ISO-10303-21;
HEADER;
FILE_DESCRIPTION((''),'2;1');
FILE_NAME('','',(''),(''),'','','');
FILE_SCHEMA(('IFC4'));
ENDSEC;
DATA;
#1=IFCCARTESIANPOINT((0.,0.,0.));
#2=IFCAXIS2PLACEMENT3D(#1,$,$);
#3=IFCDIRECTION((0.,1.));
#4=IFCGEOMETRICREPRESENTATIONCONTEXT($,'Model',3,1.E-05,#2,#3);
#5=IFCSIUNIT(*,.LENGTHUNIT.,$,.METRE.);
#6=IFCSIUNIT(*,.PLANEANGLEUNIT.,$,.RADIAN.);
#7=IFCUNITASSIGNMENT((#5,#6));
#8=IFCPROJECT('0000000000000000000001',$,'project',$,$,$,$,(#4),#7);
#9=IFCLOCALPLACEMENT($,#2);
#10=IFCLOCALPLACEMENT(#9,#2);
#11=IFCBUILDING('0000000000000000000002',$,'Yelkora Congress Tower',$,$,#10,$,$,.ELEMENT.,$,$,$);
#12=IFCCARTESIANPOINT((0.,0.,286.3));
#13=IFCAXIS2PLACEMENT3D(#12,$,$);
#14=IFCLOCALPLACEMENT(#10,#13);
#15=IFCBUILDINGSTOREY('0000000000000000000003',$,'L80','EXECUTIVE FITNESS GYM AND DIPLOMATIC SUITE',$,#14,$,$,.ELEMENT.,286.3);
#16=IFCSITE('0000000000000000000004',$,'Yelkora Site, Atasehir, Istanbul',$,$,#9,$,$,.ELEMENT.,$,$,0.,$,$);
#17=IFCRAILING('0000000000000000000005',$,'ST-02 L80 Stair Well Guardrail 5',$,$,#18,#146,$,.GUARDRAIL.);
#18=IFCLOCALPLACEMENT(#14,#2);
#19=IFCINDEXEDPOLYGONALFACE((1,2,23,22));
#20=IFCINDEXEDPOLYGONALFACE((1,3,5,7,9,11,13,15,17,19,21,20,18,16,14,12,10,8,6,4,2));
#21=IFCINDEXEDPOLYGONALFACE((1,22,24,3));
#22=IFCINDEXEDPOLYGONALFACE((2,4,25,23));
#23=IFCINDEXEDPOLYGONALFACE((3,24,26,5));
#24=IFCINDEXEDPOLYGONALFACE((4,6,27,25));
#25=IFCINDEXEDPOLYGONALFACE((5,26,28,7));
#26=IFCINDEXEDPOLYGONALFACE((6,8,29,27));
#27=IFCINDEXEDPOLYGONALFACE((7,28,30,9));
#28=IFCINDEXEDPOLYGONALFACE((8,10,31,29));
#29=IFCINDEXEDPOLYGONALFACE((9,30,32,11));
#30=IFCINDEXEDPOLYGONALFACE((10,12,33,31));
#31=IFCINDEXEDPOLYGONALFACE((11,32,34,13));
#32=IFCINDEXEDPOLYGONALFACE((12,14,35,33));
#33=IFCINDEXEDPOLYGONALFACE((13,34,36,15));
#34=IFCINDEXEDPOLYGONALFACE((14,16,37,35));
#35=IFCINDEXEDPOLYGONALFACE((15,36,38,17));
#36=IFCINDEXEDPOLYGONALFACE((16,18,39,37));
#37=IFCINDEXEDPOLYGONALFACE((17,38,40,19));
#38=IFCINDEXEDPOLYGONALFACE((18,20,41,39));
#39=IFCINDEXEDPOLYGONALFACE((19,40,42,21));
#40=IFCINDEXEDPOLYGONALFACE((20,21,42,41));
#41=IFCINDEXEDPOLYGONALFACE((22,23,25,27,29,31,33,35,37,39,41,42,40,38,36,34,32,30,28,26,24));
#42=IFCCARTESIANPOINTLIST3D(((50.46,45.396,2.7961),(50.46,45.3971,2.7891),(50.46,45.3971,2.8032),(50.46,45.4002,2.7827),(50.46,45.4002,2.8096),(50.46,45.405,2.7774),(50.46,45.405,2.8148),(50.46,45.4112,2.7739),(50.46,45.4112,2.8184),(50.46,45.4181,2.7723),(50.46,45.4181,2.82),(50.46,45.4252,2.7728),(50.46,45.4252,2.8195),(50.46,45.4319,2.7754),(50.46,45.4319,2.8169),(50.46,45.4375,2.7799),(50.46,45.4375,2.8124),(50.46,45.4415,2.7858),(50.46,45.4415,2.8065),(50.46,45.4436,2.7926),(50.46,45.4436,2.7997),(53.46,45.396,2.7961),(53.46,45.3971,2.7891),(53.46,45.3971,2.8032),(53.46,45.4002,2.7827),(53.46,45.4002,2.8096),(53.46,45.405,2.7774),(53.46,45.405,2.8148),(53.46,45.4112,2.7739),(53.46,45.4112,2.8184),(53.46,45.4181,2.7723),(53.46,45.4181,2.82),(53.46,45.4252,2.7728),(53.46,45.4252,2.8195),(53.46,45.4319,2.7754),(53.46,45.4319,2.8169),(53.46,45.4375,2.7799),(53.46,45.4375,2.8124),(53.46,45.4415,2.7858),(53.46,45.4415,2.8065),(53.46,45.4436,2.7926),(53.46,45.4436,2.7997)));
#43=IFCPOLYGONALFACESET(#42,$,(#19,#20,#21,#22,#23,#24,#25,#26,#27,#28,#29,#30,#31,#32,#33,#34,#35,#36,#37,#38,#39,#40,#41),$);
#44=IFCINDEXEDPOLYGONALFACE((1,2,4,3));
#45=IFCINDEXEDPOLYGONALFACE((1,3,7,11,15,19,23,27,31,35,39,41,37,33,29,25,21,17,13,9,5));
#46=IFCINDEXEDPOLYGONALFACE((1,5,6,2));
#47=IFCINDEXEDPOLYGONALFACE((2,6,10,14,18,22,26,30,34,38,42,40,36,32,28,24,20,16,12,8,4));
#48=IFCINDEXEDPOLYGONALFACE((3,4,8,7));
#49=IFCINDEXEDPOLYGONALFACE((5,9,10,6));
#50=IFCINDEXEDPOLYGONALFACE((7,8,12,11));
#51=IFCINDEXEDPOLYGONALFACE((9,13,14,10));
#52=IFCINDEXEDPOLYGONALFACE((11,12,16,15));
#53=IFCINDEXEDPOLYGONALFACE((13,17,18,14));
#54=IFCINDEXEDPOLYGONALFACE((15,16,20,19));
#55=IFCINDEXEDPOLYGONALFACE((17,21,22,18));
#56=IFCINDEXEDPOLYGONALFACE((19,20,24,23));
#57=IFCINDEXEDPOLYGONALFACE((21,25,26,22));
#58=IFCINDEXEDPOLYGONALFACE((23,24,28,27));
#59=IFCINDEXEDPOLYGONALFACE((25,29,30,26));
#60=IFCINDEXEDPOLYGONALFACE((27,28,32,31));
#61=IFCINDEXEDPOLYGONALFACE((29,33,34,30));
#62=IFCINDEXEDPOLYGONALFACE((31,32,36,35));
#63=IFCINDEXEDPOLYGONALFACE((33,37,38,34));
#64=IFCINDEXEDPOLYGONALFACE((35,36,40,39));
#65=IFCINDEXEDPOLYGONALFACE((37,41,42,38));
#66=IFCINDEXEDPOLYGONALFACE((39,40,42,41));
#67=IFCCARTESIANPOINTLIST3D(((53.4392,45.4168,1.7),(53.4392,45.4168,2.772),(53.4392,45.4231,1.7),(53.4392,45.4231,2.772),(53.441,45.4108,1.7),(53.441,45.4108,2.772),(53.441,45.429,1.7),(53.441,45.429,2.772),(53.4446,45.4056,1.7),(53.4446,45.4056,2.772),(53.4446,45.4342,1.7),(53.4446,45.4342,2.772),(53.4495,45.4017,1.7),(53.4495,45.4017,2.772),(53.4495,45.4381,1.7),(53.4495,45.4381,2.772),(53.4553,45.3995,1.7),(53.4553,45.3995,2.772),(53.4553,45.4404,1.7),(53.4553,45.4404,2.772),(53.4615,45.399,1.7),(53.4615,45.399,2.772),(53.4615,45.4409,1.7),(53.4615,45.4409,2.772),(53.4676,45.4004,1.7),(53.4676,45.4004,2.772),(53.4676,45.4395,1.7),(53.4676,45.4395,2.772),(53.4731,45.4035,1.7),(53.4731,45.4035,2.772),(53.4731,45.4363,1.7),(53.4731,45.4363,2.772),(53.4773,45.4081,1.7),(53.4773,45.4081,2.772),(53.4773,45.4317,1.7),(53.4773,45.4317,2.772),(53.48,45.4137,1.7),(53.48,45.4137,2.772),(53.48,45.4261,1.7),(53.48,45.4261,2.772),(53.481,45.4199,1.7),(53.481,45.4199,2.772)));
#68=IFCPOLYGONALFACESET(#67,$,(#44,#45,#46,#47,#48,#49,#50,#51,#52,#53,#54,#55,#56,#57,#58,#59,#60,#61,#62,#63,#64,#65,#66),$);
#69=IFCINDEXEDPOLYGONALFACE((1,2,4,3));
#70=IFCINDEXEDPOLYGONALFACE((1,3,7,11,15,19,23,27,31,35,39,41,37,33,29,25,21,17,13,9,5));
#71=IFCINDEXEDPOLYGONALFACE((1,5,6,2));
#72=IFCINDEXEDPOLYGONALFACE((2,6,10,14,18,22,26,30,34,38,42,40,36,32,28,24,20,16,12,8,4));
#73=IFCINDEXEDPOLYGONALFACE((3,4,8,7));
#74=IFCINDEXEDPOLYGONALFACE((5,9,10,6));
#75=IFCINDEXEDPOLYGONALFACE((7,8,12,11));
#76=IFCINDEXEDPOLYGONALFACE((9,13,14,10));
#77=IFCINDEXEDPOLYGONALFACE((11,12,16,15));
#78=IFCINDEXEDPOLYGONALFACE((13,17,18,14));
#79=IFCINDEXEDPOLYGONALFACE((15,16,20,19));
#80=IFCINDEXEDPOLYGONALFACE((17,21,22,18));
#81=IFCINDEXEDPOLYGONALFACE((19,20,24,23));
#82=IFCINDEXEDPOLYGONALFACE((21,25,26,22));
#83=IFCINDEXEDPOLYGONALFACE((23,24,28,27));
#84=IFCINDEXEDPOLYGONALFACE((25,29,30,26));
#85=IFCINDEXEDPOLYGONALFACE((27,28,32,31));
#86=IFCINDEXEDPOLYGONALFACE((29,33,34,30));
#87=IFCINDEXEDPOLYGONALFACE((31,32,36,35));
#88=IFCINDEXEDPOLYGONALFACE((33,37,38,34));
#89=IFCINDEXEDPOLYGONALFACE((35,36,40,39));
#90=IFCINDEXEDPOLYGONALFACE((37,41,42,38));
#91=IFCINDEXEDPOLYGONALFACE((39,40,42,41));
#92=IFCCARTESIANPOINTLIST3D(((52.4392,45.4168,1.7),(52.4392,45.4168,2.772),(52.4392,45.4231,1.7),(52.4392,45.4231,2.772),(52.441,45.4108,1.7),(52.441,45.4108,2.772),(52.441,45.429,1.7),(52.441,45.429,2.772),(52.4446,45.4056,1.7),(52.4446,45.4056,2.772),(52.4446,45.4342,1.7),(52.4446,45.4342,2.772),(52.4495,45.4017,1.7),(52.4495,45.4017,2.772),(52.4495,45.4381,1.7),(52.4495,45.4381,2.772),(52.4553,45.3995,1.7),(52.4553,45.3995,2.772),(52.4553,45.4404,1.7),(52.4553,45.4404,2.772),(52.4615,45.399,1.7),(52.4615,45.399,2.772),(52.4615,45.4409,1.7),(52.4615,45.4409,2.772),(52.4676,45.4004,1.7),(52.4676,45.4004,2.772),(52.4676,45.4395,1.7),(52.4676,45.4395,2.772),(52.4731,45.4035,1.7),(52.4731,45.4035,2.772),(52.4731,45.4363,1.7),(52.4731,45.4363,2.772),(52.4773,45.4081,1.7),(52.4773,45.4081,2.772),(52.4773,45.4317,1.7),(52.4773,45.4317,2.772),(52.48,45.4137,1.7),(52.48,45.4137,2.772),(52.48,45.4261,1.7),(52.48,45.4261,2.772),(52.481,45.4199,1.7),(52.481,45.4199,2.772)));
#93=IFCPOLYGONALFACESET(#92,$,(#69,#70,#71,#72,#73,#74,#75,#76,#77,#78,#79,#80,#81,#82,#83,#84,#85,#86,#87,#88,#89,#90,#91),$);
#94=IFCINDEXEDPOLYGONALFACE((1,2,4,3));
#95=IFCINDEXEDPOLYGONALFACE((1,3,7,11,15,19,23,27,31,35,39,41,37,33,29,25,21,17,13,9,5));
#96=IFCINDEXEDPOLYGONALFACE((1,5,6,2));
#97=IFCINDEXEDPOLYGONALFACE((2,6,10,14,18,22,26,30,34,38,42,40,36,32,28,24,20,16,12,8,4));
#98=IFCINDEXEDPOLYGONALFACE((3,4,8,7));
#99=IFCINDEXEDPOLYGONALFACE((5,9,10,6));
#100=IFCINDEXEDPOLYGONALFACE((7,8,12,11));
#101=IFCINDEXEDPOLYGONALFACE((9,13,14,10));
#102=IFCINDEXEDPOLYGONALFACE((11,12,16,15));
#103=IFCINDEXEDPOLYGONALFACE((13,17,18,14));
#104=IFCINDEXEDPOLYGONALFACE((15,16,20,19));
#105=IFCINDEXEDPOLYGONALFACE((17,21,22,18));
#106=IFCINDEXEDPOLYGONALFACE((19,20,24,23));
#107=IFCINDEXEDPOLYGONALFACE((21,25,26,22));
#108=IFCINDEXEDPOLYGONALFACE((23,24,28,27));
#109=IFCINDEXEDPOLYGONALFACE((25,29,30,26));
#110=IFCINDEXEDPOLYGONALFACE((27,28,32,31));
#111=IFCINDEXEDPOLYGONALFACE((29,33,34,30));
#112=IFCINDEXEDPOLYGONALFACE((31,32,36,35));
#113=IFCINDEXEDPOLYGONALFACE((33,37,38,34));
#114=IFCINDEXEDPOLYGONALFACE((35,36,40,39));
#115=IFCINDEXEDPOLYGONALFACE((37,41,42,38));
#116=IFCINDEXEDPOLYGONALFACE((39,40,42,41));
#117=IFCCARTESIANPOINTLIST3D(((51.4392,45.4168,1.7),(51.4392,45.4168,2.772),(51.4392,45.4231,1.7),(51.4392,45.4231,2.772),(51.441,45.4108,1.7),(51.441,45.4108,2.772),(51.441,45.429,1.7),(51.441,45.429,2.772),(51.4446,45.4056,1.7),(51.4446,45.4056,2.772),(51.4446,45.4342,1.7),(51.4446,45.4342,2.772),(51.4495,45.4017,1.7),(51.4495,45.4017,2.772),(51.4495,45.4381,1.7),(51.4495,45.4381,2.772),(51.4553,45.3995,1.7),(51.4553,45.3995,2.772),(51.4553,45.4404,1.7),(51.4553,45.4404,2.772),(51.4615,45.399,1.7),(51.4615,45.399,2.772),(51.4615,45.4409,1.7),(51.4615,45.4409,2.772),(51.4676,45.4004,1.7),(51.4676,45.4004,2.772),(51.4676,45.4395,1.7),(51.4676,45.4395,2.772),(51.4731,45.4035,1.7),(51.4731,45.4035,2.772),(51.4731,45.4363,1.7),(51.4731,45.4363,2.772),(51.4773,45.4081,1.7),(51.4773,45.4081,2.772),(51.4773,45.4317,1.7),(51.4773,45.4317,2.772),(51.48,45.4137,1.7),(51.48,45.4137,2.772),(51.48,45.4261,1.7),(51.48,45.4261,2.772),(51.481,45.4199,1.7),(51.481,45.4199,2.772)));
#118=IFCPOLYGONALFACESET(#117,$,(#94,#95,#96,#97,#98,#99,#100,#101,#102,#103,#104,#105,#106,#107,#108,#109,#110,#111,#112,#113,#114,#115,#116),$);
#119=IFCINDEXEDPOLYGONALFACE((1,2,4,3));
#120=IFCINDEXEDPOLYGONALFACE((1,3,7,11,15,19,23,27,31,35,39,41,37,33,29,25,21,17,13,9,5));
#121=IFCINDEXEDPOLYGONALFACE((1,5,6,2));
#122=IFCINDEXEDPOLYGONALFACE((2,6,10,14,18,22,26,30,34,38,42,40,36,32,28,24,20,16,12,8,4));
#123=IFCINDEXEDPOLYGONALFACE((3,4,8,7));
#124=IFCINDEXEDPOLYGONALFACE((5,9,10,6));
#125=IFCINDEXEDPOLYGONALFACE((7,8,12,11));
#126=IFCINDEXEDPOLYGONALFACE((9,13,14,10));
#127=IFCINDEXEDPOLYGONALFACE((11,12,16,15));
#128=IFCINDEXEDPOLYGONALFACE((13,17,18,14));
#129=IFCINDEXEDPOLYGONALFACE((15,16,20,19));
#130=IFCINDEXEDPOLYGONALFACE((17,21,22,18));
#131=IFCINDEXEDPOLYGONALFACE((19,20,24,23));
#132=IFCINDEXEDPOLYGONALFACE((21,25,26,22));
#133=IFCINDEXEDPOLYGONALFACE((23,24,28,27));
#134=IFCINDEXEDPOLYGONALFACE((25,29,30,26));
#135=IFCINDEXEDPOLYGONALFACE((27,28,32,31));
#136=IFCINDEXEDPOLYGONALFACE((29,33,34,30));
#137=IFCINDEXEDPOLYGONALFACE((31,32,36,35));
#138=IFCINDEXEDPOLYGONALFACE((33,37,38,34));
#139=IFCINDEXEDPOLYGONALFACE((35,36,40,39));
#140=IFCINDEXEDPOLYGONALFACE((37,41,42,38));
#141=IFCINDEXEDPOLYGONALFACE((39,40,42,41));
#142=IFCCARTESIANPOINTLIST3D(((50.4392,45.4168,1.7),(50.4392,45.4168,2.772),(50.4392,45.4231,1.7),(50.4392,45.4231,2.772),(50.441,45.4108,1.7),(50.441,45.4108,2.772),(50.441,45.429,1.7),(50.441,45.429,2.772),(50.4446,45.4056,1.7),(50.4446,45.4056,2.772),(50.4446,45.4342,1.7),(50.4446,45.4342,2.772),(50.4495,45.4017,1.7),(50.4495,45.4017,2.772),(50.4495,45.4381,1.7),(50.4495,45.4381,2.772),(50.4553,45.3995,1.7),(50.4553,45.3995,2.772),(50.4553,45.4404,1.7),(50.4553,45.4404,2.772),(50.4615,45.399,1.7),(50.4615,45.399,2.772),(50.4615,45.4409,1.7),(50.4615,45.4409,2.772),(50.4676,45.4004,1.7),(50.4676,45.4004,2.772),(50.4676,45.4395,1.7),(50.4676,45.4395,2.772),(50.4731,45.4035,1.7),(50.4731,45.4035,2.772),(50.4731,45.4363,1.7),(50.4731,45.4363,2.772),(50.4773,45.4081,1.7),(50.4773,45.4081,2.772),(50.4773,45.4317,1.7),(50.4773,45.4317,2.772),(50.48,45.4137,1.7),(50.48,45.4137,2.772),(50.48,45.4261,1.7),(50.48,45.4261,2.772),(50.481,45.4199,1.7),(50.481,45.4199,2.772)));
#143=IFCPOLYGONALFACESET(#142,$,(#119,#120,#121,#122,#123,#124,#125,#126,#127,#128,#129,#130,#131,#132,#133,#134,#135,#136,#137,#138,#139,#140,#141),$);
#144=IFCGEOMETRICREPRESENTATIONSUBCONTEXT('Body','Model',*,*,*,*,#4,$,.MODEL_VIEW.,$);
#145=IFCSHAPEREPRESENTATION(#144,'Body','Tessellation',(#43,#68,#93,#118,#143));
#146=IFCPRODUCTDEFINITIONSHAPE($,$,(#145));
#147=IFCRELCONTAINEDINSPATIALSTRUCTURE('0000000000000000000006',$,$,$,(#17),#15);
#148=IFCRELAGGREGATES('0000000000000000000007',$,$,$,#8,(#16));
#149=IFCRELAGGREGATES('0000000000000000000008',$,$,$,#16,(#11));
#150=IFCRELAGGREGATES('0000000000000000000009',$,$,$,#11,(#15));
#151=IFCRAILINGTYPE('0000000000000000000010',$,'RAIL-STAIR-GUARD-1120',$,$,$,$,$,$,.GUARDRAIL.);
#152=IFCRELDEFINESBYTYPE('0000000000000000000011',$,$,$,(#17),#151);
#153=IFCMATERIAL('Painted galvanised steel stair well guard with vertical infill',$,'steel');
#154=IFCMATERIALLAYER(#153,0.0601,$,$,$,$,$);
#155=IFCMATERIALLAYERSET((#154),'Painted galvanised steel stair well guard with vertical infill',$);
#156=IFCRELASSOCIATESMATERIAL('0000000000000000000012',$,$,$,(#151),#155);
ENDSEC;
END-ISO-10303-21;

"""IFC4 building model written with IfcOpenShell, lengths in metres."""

from ifc_helpers import new_model, si_unit, direction, frame, origin, origin_2d, place, context, subcontext, project, spatial, circle, extrude, material, layer, layer_set, type_object, element, save


model = new_model("IFC4")

# Units and contexts
model_context = context("Model", 3, precision=1e-05, world=origin(), true_north=direction((0.0, 1.0)))
body_context = subcontext(model_context, "Body", "Model", "MODEL_VIEW")
ifc_project = project(units=[si_unit("LENGTHUNIT", "METRE"), si_unit("PLANEANGLEUNIT", "RADIAN")], contexts=[model_context])

# Site, building, storey
site_placement = place(None, origin())
site = spatial("IfcSite", under=ifc_project, at=site_placement, Name="Yelkora Site, Atasehir, Istanbul", CompositionType="ELEMENT", RefElevation=0.0)
building_placement = place(site_placement, origin())
building = spatial("IfcBuilding", under=site, at=building_placement, Name="Yelkora Congress Tower", CompositionType="ELEMENT")
storey_placement = place(building_placement, frame((0.0, 0.0, 286.3)))
storey = spatial("IfcBuildingStorey", under=building, at=storey_placement, Name="L80", Description="EXECUTIVE FITNESS GYM AND DIPLOMATIC SUITE", CompositionType="ELEMENT", Elevation=286.3)

# Railing
ifc_material_1 = material(Name="Painted galvanised steel stair well guard with vertical infill", Category="steel")
ifc_layer_1 = layer(ifc_material_1, 0.0601)
ifc_layer_set_1 = layer_set([ifc_layer_1], Name="Painted galvanised steel stair well guard with vertical infill")
railing_type = type_object("IfcRailingType", Name="RAIL-STAIR-GUARD-1120", PredefinedType="GUARDRAIL", material=ifc_layer_set_1)
railing_1_placement = place(storey_placement, frame((53.46, 45.4199, 1.7)))
element("IfcRailing", 1, at=railing_1_placement, inside=storey, type_object=railing_type, Name="ST-02 L80 Stair Well Guardrail 5", PredefinedType="GUARDRAIL", context=body_context, shape_type="SweptSolid", body=[
    extrude(circle(Radius=0.0239, at=origin_2d()), frame((0.0, 0.0, 1.0962), z_axis=(-1.0, 0.0, 0.0), x_axis=(0.0, -1.0, 0.0)), (0.0, 0.0, 1.0), 3.0),
    extrude(circle(Radius=0.021, at=origin_2d()), origin(), (0.0, 0.0, 1.0), 1.072),
    extrude(circle(Radius=0.021, at=origin_2d()), frame((-1.0, 0.0, 0.0)), (0.0, 0.0, 1.0), 1.072),
    extrude(circle(Radius=0.021, at=origin_2d()), frame((-2.0, 0.0, 0.0)), (0.0, 0.0, 1.0), 1.072),
    extrude(circle(Radius=0.021, at=origin_2d()), frame((-3.0, 0.0, 0.0)), (0.0, 0.0, 1.0), 1.072),
])

save(model, "model.ifc")
